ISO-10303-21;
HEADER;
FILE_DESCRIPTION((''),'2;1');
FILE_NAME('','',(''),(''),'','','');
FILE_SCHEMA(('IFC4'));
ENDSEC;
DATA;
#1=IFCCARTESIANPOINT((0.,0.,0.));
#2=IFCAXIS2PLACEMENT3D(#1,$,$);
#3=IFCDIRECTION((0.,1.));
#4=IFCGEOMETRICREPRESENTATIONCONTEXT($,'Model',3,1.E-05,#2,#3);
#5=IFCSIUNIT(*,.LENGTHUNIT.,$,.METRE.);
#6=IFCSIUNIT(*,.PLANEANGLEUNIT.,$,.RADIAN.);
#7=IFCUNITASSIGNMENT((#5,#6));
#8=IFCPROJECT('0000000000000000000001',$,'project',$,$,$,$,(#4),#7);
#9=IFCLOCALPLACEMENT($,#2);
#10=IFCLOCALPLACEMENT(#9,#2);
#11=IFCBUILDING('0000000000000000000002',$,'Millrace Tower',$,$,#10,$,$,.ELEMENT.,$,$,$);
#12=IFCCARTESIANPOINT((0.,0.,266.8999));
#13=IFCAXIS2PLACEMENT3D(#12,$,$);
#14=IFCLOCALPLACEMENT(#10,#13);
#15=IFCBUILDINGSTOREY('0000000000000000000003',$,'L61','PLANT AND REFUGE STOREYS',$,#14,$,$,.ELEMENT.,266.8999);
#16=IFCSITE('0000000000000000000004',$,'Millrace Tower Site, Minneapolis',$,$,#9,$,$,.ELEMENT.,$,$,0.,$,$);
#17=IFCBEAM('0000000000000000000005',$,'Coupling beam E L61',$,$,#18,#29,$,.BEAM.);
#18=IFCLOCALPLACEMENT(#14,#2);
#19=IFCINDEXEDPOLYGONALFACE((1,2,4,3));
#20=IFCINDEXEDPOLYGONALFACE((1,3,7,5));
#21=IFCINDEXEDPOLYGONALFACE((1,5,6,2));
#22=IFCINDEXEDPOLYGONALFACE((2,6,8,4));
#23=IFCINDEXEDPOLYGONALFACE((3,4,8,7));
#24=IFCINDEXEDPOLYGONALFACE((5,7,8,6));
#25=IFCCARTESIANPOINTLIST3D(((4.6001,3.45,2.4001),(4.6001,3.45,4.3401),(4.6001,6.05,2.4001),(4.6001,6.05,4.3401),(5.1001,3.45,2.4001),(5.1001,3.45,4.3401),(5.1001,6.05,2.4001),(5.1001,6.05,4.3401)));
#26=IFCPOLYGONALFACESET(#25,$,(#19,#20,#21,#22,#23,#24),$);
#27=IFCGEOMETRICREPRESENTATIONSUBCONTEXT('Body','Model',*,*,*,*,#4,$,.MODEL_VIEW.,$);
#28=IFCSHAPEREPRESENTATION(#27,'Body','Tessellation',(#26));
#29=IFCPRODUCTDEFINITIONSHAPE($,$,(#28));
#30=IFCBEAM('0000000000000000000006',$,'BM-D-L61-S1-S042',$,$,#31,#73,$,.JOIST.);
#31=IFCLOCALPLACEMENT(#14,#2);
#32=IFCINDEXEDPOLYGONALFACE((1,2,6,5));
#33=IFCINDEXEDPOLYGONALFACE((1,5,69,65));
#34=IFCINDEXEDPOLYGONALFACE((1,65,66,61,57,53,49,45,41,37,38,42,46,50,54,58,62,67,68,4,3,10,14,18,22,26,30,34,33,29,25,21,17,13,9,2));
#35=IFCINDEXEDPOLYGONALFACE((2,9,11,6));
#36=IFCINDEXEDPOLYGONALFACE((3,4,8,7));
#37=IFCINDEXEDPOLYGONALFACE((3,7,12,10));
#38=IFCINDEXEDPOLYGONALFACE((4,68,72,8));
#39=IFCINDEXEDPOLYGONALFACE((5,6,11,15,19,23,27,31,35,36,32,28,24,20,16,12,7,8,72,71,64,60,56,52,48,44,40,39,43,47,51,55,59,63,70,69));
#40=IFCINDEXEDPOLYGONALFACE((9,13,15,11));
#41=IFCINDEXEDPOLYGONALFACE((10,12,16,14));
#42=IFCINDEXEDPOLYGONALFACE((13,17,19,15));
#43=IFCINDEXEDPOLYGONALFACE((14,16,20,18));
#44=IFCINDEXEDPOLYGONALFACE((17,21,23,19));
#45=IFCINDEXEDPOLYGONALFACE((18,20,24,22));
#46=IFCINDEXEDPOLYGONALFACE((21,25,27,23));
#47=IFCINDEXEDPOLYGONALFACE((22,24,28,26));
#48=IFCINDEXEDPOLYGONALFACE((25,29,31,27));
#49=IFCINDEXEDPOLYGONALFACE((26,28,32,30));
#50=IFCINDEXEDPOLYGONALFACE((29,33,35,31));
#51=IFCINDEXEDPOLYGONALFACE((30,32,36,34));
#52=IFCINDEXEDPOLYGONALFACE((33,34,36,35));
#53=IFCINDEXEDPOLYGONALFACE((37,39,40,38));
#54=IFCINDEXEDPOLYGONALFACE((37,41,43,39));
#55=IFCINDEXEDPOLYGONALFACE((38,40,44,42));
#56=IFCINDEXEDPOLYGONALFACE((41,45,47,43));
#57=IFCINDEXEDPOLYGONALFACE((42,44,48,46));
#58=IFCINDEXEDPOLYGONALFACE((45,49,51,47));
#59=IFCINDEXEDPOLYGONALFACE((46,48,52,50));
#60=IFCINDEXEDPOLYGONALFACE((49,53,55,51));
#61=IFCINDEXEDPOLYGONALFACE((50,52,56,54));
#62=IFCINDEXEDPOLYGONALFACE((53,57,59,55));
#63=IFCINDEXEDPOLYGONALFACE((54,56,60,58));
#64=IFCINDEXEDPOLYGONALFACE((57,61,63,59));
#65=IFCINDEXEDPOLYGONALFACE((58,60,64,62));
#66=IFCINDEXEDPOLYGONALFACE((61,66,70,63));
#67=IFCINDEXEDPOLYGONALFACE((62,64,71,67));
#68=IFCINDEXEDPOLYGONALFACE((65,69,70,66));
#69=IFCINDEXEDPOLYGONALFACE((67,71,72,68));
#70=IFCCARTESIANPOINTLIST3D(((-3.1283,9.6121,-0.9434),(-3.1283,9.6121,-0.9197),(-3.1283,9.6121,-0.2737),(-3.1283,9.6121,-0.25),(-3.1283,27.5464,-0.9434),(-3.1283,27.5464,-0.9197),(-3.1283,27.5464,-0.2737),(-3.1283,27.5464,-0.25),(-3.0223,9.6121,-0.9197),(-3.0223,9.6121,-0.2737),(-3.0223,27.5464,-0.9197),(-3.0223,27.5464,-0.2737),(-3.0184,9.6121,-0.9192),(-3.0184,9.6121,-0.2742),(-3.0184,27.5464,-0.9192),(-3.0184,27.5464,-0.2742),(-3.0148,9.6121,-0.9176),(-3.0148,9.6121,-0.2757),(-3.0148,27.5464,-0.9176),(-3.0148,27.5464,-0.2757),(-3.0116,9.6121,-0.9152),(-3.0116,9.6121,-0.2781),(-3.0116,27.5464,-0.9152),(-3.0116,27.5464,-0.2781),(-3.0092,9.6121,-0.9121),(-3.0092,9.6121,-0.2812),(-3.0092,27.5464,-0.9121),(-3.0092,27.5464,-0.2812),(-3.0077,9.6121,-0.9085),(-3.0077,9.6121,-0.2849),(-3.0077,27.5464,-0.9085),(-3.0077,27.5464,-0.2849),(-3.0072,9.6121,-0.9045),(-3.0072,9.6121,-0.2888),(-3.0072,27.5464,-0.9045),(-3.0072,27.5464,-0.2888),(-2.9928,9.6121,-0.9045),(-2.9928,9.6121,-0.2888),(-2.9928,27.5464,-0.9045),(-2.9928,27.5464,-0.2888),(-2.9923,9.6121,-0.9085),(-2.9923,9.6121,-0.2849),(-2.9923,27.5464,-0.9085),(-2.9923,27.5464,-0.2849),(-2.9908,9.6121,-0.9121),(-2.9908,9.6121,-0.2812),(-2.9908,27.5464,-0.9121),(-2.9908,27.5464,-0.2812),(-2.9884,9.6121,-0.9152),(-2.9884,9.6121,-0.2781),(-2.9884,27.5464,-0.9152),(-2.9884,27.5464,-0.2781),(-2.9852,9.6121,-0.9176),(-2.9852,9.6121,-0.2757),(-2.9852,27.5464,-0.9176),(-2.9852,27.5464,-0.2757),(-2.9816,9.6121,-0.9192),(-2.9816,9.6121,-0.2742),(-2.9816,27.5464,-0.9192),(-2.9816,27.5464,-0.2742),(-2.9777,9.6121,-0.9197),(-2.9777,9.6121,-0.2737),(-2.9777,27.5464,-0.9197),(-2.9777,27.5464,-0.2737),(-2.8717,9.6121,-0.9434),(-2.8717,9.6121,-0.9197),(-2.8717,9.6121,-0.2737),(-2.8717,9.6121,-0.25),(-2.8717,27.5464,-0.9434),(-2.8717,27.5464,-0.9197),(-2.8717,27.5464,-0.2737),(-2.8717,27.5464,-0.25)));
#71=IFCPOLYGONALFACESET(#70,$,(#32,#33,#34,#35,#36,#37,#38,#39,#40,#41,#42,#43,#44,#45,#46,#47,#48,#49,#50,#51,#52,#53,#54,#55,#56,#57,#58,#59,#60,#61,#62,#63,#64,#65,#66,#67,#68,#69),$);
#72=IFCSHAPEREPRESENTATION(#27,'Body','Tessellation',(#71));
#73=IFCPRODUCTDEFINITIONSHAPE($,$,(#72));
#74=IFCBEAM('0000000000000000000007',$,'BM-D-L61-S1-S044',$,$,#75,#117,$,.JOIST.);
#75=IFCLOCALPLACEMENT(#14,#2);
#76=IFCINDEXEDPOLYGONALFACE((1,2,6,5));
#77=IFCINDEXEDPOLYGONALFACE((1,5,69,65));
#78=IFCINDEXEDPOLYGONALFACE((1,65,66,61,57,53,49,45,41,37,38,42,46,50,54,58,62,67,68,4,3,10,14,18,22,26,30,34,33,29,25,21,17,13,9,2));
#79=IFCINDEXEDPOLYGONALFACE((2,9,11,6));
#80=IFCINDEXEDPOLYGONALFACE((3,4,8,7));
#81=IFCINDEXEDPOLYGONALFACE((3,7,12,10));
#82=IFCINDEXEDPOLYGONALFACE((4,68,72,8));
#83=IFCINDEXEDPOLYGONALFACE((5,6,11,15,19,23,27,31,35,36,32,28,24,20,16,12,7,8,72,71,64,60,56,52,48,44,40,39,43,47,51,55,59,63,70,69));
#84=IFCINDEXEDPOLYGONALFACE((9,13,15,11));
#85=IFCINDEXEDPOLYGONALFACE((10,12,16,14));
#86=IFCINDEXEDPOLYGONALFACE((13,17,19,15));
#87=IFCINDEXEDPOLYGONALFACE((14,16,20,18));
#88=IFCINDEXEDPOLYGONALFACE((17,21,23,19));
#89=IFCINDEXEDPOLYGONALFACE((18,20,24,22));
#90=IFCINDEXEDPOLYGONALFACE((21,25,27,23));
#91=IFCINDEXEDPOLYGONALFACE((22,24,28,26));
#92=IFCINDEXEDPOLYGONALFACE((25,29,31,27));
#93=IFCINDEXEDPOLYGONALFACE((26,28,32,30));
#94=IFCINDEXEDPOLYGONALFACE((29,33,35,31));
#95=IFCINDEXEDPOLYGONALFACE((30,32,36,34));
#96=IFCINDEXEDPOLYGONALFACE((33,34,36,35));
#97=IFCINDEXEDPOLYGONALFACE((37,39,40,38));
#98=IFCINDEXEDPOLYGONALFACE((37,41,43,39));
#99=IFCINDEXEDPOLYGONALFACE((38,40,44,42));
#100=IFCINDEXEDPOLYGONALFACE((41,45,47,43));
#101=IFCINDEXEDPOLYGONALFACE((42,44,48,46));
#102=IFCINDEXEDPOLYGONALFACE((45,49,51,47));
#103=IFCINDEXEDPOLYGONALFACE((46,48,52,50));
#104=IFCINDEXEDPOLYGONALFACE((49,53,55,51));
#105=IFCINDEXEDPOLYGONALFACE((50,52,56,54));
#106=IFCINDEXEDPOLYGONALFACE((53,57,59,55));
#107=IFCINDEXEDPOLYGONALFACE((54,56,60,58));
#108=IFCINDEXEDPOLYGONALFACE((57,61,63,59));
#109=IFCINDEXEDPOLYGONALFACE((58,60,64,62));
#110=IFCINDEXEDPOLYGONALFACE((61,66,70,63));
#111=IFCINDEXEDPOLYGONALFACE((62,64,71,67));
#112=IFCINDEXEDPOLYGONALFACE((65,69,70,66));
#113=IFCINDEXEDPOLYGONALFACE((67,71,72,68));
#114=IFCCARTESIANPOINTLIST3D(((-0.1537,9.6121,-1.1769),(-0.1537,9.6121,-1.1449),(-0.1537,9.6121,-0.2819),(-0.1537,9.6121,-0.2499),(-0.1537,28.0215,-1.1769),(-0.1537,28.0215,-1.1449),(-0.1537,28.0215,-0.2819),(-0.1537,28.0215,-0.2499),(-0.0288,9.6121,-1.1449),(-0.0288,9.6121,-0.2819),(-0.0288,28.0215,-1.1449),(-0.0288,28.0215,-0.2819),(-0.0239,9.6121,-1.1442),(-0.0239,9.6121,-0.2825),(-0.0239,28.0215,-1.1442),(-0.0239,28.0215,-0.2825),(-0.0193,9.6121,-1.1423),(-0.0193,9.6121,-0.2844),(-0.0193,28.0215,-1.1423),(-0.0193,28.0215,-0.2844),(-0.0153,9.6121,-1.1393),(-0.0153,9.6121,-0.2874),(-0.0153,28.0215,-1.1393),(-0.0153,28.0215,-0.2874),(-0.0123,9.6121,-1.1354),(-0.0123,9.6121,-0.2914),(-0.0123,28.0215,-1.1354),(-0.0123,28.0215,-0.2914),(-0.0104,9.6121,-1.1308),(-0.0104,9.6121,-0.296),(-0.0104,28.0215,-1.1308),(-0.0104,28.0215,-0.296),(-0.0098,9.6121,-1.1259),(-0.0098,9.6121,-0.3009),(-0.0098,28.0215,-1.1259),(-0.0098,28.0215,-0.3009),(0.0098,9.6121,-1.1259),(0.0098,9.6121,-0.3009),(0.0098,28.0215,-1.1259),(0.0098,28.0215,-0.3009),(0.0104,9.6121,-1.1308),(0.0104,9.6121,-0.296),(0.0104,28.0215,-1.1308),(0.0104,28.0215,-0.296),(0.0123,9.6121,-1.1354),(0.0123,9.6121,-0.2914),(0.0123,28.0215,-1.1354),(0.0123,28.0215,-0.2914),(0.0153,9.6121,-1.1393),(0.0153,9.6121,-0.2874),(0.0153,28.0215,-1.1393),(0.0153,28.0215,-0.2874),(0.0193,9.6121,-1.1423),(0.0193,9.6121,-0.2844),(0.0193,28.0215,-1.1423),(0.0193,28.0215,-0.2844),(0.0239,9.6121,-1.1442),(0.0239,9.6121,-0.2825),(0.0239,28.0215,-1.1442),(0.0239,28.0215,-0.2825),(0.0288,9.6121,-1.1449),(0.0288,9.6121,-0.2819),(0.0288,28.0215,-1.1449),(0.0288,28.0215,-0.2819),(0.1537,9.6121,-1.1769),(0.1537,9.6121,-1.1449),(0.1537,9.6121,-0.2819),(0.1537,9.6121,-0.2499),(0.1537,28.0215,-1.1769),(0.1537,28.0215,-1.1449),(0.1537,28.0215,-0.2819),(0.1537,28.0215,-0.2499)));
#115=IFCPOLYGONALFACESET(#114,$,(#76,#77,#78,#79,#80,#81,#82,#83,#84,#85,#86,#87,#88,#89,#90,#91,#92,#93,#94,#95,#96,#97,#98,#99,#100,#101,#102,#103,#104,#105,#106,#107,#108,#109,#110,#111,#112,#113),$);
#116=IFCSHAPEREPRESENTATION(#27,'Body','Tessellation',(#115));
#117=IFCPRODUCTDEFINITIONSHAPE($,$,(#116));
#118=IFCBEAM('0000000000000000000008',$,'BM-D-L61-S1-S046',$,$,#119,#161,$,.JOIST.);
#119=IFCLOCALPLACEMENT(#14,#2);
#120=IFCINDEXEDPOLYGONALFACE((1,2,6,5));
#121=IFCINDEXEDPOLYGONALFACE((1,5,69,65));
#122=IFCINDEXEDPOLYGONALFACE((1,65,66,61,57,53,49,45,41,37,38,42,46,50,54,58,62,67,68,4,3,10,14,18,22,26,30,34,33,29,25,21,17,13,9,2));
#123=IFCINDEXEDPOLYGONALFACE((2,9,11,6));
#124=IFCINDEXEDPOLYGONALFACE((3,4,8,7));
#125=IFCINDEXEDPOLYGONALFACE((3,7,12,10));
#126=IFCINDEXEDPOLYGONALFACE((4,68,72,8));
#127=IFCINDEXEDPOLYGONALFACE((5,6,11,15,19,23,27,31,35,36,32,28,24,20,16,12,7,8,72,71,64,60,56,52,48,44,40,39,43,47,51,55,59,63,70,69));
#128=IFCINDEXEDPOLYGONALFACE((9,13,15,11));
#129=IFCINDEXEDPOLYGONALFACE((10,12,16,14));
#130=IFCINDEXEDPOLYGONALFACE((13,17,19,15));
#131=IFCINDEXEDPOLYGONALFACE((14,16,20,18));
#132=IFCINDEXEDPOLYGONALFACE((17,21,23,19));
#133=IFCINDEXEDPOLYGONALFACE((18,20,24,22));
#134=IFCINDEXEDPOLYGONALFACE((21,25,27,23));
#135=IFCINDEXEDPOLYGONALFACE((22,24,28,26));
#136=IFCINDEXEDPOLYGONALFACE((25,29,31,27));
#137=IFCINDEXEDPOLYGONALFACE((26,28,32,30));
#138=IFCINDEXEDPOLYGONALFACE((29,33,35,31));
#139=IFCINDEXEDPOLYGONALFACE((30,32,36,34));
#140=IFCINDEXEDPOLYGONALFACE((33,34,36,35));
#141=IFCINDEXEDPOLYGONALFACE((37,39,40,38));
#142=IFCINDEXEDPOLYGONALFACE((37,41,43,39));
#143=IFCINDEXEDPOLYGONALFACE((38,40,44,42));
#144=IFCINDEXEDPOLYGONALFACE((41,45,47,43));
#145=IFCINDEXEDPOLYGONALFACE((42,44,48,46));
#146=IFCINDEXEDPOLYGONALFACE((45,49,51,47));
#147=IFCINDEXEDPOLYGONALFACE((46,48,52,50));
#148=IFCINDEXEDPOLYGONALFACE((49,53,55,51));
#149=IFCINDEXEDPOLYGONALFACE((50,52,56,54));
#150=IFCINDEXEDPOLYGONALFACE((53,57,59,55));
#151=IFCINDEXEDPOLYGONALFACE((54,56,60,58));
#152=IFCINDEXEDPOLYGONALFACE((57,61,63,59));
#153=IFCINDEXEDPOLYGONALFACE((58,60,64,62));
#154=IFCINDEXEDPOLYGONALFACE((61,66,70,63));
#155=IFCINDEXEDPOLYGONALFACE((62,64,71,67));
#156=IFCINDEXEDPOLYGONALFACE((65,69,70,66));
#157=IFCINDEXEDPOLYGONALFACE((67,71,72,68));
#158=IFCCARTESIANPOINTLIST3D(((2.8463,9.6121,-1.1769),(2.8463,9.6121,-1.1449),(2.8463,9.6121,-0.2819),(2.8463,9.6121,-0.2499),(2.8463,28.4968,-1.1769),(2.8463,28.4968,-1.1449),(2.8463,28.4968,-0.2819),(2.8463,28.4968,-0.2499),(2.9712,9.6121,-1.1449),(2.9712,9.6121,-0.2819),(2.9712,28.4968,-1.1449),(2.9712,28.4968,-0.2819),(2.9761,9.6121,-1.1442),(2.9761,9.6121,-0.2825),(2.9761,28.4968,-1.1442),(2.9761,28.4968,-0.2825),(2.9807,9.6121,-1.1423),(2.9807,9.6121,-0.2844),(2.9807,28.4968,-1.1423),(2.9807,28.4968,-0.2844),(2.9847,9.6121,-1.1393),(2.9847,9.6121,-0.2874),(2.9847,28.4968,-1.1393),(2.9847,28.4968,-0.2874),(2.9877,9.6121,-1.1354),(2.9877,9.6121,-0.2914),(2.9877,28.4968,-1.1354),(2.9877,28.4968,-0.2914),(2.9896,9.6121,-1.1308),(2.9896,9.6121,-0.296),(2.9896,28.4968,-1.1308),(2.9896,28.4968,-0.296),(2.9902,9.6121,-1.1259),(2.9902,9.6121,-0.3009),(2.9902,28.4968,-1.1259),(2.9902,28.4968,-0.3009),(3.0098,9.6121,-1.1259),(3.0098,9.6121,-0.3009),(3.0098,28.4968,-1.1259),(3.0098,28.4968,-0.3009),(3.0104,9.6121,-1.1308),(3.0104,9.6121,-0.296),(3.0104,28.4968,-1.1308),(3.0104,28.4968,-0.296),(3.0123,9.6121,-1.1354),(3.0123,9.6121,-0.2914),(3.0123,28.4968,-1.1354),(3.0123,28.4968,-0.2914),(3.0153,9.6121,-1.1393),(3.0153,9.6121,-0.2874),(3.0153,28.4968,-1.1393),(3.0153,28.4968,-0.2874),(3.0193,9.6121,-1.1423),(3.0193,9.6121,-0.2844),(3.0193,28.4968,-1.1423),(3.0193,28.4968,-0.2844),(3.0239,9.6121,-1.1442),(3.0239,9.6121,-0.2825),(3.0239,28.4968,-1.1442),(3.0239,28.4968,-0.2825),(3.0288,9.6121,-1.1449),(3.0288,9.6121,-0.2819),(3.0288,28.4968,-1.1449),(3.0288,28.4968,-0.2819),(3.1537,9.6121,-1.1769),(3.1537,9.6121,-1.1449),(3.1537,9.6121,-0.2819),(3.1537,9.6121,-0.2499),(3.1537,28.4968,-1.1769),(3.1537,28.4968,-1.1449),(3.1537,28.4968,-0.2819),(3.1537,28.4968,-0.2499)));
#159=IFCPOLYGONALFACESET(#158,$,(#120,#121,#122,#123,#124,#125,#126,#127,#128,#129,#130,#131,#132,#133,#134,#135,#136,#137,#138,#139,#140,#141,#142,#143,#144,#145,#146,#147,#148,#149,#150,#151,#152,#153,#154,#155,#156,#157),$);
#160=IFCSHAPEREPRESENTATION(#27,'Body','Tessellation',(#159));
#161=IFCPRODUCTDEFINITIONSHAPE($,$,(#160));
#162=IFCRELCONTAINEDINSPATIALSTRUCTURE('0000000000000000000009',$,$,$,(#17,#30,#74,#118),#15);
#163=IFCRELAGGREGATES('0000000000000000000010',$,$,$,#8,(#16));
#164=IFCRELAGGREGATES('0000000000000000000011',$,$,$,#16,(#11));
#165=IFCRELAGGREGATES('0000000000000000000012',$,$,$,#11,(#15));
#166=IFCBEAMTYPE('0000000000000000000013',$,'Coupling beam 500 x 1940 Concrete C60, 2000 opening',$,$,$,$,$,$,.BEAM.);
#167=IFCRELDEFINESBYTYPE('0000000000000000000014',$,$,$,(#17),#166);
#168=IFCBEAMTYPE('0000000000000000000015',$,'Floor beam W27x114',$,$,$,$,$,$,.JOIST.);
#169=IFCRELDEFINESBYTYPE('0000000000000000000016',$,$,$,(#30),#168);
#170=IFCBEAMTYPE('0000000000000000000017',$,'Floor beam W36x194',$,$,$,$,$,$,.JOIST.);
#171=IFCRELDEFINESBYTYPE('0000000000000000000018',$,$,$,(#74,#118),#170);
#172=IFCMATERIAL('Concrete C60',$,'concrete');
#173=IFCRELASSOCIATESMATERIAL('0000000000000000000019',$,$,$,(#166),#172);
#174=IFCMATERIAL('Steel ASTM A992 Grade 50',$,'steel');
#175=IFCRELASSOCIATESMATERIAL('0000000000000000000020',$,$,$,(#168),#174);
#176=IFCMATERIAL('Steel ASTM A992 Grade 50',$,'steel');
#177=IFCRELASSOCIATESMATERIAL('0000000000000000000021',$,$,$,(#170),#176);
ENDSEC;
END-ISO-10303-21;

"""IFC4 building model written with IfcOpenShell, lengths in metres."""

from ifc_helpers import new_model, si_unit, direction, frame, origin, origin_2d, place, context, subcontext, project, spatial, rectangle, i_section, extrude, material, material_profile, profile_set, type_object, element, save


model = new_model("IFC4")

# Units and contexts
model_context = context("Model", 3, precision=1e-05, world=origin(), true_north=direction((0.0, 1.0)))
body_context = subcontext(model_context, "Body", "Model", "MODEL_VIEW")
ifc_project = project(units=[si_unit("LENGTHUNIT", "METRE"), si_unit("PLANEANGLEUNIT", "RADIAN")], contexts=[model_context])

# Site, building, storey
site_placement = place(None, origin())
site = spatial("IfcSite", under=ifc_project, at=site_placement, Name="Millrace Tower Site, Minneapolis", CompositionType="ELEMENT", RefElevation=0.0)
building_placement = place(site_placement, origin())
building = spatial("IfcBuilding", under=site, at=building_placement, Name="Millrace Tower", CompositionType="ELEMENT")
storey_placement = place(building_placement, frame((0.0, 0.0, 266.8999)))
storey = spatial("IfcBuildingStorey", under=building, at=storey_placement, Name="L61", Description="PLANT AND REFUGE STOREYS", CompositionType="ELEMENT", Elevation=266.8999)

# Beams
ifc_material_1 = material(Name="Concrete C60", Category="concrete")
ifc_material_profile_1 = material_profile(ifc_material_1, rectangle(XDim=0.5, YDim=1.9399, at=origin_2d()))
ifc_profile_set_1 = profile_set([ifc_material_profile_1], Name="Concrete C60")
beam_type_1 = type_object("IfcBeamType", Name="Coupling beam 500 x 1940 Concrete C60, 2000 opening", PredefinedType="BEAM", material=ifc_profile_set_1)
beam_1_placement = place(storey_placement, frame((4.8501, 6.05, 3.3701), z_axis=(0.0, -1.0, 0.0), x_axis=(1.0, 0.0, 0.0)))
element("IfcBeam", 1, at=beam_1_placement, inside=storey, type_object=beam_type_1, Name="Coupling beam E L61", PredefinedType="BEAM", context=body_context, shape_type="SweptSolid", body=[
    extrude(rectangle(XDim=0.5, YDim=1.9399, at=origin_2d()), origin(), (0.0, 0.0, 1.0), 2.6001),
])
ifc_material_2 = material(Name="Steel ASTM A992 Grade 50", Category="steel")
ifc_material_profile_2 = material_profile(ifc_material_2, i_section(OverallWidth=0.2566, OverallDepth=0.6934, WebThickness=0.0144, FlangeThickness=0.0237, FilletRadius=0.0151, at=origin_2d()))
ifc_profile_set_2 = profile_set([ifc_material_profile_2], Name="Steel ASTM A992 Grade 50")
beam_type_2 = type_object("IfcBeamType", Name="Floor beam W27x114", PredefinedType="JOIST", material=ifc_profile_set_2)
beam_2_placement = place(storey_placement, frame((-3.0, 9.6121, -0.5967), z_axis=(0.0, 1.0, 0.0), x_axis=(-1.0, 0.0, 0.0)))
element("IfcBeam", 2, at=beam_2_placement, inside=storey, type_object=beam_type_2, Name="BM-D-L61-S1-S042", PredefinedType="JOIST", context=body_context, shape_type="SweptSolid", body=[
    extrude(i_section(OverallWidth=0.2566, OverallDepth=0.6934, WebThickness=0.0144, FlangeThickness=0.0237, FilletRadius=0.0151, at=origin_2d()), origin(), (0.0, 0.0, 1.0), 17.9343),
])
ifc_material_3 = material(Name="Steel ASTM A992 Grade 50", Category="steel")
ifc_material_profile_3 = material_profile(ifc_material_3, i_section(OverallWidth=0.3074, OverallDepth=0.927, WebThickness=0.0195, FlangeThickness=0.032, FilletRadius=0.019, at=origin_2d()))
ifc_profile_set_3 = profile_set([ifc_material_profile_3], Name="Steel ASTM A992 Grade 50")
beam_type_3 = type_object("IfcBeamType", Name="Floor beam W36x194", PredefinedType="JOIST", material=ifc_profile_set_3)
beam_3_placement = place(storey_placement, frame((0.0, 9.6121, -0.7134), z_axis=(0.0, 1.0, 0.0), x_axis=(-1.0, 0.0, 0.0)))
element("IfcBeam", 3, at=beam_3_placement, inside=storey, type_object=beam_type_3, Name="BM-D-L61-S1-S044", PredefinedType="JOIST", context=body_context, shape_type="SweptSolid", body=[
    extrude(i_section(OverallWidth=0.3074, OverallDepth=0.927, WebThickness=0.0195, FlangeThickness=0.032, FilletRadius=0.019, at=origin_2d()), origin(), (0.0, 0.0, 1.0), 18.4094),
])
beam_4_placement = place(storey_placement, frame((3.0, 9.6121, -0.7134), z_axis=(0.0, 1.0, 0.0), x_axis=(-1.0, 0.0, 0.0)))
element("IfcBeam", 4, at=beam_4_placement, inside=storey, type_object=beam_type_3, Name="BM-D-L61-S1-S046", PredefinedType="JOIST", context=body_context, shape_type="SweptSolid", body=[
    extrude(i_section(OverallWidth=0.3074, OverallDepth=0.927, WebThickness=0.0195, FlangeThickness=0.032, FilletRadius=0.019, at=origin_2d()), origin(), (0.0, 0.0, 1.0), 18.8848),
])

save(model, "model.ifc")
